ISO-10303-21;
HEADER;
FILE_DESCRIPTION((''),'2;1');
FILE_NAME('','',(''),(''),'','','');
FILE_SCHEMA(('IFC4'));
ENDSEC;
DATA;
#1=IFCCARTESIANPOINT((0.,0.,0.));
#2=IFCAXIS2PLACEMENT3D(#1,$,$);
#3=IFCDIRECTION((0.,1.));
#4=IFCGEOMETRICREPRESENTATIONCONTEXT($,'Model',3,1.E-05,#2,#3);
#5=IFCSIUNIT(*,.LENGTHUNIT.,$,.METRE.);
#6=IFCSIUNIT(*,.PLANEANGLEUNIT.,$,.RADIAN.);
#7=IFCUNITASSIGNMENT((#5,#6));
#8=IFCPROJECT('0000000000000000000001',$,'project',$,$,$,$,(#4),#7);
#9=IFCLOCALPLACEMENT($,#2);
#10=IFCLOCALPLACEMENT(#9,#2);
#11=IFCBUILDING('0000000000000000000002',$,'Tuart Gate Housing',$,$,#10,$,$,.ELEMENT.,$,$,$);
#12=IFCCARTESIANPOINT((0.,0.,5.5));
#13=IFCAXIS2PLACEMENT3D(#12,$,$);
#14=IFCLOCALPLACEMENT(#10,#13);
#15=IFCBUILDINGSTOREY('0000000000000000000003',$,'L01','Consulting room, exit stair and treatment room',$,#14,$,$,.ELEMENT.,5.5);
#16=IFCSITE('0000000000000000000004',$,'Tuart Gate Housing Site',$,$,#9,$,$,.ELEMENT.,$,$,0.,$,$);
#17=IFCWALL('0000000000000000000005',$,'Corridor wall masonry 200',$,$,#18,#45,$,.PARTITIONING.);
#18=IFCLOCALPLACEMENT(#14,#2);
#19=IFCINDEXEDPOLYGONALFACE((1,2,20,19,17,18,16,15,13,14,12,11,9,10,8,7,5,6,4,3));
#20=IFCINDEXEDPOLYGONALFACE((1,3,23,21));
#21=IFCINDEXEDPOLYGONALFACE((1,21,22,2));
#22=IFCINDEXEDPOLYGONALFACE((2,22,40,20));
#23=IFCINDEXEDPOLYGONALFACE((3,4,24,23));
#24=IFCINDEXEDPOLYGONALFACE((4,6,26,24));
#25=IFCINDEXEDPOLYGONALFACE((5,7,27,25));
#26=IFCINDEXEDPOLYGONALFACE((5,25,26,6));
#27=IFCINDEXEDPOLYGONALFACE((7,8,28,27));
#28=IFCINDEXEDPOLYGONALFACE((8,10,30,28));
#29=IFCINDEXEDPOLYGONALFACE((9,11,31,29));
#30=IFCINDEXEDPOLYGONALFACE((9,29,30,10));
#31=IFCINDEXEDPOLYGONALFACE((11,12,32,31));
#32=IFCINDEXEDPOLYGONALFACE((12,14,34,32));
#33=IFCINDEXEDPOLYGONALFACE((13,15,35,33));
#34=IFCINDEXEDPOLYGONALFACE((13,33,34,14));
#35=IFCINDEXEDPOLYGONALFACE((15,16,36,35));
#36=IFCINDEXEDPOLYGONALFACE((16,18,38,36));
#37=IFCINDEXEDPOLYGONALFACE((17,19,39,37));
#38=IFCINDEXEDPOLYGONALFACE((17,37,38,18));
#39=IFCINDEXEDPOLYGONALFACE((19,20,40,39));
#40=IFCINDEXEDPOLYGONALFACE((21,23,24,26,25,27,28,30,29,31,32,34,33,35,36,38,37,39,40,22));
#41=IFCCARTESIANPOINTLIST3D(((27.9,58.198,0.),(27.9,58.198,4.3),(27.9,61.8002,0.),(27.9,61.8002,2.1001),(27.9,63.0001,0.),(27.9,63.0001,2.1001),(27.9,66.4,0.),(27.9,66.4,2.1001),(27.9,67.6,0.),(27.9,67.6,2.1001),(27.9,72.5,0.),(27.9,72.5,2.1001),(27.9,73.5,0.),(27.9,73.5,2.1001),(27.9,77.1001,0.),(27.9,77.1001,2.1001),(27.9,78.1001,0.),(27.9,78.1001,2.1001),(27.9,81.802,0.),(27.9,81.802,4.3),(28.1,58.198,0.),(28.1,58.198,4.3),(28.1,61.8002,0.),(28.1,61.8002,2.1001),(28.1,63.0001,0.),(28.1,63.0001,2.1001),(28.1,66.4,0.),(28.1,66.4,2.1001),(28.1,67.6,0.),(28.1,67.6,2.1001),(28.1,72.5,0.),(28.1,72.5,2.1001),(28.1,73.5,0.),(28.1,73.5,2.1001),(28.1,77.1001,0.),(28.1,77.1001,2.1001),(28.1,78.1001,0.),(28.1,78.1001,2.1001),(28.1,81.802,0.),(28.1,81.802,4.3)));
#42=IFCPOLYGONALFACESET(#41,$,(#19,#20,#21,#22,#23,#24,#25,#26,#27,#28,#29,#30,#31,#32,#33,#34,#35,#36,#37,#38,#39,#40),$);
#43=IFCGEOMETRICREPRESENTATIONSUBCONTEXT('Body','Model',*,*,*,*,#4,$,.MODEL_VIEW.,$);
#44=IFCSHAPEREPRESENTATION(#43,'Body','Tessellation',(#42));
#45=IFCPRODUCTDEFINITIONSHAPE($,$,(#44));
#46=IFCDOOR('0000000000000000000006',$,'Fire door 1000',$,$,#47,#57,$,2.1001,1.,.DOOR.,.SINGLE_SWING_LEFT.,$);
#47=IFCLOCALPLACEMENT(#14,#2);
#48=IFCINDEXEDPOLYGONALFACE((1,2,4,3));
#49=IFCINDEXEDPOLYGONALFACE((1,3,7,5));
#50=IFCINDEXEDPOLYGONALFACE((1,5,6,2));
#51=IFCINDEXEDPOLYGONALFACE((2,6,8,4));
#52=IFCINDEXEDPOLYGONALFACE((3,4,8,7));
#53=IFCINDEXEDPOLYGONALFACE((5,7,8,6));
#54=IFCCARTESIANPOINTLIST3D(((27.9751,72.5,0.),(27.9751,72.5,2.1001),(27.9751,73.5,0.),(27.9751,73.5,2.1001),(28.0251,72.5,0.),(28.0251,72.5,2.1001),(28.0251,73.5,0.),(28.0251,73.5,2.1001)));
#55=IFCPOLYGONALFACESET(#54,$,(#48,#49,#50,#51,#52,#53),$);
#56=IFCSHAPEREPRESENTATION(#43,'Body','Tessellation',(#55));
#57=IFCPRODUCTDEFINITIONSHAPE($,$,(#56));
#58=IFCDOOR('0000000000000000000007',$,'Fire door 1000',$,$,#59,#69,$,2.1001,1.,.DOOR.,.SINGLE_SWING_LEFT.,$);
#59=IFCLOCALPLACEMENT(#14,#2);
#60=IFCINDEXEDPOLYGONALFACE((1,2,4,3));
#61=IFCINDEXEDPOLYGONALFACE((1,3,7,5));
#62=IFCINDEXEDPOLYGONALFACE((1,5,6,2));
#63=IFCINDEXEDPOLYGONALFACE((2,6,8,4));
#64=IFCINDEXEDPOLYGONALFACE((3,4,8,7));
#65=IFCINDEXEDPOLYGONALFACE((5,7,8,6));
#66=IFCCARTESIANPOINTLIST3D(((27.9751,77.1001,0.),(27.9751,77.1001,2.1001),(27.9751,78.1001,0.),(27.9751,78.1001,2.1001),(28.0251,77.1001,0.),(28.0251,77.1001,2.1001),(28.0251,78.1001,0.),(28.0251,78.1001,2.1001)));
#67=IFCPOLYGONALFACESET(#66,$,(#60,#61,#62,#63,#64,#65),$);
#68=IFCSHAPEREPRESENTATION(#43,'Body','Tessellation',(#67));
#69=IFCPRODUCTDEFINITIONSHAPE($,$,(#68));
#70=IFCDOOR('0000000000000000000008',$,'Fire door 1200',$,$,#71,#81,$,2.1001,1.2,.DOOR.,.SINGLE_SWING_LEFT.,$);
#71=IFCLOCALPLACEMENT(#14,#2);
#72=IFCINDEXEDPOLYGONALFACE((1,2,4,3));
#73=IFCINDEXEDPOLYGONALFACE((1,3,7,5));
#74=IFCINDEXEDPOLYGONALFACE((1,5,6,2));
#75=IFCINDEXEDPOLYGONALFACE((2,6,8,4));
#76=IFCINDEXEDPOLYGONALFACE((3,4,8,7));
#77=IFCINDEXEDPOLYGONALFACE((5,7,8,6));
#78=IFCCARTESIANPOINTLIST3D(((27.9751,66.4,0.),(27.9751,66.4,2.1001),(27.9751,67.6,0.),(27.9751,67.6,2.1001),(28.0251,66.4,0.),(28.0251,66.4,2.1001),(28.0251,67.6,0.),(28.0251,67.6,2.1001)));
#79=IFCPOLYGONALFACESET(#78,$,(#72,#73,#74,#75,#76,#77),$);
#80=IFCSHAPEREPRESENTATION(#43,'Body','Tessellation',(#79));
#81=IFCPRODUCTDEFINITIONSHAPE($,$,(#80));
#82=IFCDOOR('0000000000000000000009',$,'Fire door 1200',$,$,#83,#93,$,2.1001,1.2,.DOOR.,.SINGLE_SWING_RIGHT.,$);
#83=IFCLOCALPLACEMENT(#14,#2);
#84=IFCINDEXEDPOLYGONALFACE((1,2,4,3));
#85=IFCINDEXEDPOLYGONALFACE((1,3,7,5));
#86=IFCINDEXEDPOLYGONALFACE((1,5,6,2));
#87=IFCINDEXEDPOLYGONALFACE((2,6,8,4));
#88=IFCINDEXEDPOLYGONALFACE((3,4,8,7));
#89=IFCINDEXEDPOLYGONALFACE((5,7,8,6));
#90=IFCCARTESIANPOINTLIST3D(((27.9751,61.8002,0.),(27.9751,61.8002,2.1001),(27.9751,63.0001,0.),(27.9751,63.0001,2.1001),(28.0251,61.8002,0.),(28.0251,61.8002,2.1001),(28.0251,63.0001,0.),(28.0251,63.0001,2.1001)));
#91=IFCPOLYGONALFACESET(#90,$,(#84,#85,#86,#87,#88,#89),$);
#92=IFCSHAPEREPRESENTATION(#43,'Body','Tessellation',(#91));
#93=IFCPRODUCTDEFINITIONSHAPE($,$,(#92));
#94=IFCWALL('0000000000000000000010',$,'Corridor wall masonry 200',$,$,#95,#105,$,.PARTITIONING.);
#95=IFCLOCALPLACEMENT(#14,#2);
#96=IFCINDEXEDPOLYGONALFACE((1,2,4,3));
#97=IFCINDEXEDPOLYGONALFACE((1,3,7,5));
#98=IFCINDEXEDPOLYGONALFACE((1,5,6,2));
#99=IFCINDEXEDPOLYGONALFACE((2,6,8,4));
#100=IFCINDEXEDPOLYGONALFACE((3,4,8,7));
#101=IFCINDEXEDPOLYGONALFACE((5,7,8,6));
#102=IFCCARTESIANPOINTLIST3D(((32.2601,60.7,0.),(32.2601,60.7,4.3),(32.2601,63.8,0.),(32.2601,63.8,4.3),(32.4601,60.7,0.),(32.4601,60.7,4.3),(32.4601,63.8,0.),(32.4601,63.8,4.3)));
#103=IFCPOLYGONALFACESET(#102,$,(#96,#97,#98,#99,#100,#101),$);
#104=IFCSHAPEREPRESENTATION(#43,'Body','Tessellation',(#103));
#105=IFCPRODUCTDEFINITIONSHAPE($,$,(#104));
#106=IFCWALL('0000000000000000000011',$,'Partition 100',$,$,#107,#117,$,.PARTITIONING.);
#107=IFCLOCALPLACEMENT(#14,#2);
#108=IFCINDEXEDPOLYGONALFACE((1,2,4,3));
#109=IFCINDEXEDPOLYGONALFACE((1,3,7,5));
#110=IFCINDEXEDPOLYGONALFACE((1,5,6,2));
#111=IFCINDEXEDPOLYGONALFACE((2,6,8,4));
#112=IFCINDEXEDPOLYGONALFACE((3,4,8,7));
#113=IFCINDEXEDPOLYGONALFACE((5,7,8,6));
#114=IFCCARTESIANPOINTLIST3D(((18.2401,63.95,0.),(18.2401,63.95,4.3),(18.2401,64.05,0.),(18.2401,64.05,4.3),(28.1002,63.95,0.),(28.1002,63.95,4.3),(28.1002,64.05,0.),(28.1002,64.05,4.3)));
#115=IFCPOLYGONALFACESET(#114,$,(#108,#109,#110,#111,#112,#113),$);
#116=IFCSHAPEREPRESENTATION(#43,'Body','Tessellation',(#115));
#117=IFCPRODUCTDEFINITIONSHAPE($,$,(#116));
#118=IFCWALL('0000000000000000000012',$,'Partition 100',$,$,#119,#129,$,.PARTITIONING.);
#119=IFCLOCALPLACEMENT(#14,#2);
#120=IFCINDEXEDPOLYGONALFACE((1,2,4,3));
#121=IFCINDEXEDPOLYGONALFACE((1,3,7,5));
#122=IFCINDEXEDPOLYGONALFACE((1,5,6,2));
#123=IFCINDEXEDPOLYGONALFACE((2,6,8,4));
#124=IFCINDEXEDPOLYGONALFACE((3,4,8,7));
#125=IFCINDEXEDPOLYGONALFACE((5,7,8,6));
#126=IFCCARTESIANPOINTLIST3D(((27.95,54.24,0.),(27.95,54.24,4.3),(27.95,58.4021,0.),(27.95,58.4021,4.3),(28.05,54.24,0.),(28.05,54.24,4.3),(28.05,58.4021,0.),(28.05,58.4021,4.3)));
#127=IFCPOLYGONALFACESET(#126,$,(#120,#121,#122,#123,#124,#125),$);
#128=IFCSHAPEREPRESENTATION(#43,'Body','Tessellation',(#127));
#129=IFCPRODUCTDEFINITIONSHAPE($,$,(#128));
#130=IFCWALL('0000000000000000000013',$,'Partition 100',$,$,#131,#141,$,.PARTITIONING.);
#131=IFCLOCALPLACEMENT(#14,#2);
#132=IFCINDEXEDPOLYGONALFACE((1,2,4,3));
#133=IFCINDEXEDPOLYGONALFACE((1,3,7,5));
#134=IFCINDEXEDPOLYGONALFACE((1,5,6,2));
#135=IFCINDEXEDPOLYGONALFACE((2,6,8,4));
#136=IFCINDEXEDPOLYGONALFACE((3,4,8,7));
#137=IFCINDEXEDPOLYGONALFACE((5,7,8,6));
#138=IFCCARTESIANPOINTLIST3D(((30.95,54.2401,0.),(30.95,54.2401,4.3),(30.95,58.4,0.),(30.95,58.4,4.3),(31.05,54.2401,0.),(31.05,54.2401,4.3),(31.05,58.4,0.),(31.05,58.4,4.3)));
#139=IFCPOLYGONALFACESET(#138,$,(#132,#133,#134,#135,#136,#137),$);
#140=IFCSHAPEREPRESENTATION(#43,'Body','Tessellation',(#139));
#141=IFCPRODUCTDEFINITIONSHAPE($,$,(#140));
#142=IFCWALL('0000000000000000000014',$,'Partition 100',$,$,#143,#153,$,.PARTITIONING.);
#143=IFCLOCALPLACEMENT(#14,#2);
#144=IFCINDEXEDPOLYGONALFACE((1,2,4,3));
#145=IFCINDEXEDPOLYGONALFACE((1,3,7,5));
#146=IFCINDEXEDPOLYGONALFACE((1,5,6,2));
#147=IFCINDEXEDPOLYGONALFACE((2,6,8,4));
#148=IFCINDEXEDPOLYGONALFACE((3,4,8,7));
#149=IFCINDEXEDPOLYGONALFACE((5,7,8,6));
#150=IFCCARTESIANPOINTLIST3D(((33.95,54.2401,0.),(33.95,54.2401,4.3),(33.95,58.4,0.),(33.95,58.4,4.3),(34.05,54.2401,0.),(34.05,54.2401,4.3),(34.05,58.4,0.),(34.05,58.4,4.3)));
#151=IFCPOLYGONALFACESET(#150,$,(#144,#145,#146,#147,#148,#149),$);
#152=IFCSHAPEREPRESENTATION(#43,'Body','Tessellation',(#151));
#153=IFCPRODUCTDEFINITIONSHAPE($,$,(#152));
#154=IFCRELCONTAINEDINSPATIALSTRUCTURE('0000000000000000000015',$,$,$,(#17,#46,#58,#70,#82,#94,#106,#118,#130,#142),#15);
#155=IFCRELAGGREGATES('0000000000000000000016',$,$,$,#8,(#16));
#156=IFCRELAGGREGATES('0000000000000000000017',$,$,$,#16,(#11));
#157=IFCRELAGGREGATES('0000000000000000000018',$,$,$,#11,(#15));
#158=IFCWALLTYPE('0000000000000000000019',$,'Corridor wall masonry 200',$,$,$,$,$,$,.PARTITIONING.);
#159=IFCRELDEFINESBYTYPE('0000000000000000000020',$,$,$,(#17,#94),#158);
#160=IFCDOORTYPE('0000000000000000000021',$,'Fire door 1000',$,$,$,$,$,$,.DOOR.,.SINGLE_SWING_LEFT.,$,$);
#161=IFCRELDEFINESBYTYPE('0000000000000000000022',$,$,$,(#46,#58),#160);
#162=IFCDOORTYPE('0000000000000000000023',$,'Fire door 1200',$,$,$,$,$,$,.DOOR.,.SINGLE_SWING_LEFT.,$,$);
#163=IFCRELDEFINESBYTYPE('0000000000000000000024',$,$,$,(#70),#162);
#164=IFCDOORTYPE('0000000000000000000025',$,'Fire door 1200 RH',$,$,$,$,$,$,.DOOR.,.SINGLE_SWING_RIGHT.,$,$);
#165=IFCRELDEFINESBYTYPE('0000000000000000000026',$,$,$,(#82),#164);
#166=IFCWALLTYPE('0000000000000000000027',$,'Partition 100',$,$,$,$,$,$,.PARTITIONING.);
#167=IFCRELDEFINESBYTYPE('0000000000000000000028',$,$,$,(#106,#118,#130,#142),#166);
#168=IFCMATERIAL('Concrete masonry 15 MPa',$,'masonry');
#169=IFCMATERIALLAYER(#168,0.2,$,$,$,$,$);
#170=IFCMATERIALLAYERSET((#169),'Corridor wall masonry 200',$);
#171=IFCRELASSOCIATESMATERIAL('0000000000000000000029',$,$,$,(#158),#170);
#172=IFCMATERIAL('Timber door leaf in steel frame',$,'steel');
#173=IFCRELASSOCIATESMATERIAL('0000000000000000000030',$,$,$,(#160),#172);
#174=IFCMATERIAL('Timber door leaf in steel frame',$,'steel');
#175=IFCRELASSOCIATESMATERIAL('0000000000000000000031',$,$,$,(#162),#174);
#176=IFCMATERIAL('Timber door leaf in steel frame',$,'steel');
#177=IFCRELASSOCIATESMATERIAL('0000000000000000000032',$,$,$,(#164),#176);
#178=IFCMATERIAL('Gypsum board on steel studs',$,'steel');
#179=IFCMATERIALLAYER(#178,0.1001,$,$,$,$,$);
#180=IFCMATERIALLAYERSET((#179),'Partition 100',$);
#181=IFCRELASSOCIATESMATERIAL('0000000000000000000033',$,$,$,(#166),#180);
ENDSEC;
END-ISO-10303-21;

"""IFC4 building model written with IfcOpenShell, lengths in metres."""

from ifc_helpers import new_model, si_unit, direction, frame, frame_2d, origin, place, context, subcontext, project, spatial, rectangle, extrude, material, layer, layer_set, type_object, element, fill, save


model = new_model("IFC4")

# Units and contexts
model_context = context("Model", 3, precision=1e-05, world=origin(), true_north=direction((0.0, 1.0)))
body_context = subcontext(model_context, "Body", "Model", "MODEL_VIEW")
ifc_project = project(units=[si_unit("LENGTHUNIT", "METRE"), si_unit("PLANEANGLEUNIT", "RADIAN")], contexts=[model_context])

# Site, building, storey
site_placement = place(None, origin())
site = spatial("IfcSite", under=ifc_project, at=site_placement, Name="Tuart Gate Housing Site", CompositionType="ELEMENT", RefElevation=0.0)
building_placement = place(site_placement, origin())
building = spatial("IfcBuilding", under=site, at=building_placement, Name="Tuart Gate Housing", CompositionType="ELEMENT")
storey_placement = place(building_placement, frame((0.0, 0.0, 5.5)))
storey = spatial("IfcBuildingStorey", under=building, at=storey_placement, Name="L01", Description="Consulting room, exit stair and treatment room", CompositionType="ELEMENT", Elevation=5.5)

# Wall, openings, doors
ifc_material_1 = material(Name="Concrete masonry 15 MPa", Category="masonry")
ifc_layer_1 = layer(ifc_material_1, 0.2)
ifc_layer_set_1 = layer_set([ifc_layer_1], Name="Corridor wall masonry 200")
wall_type_1 = type_object("IfcWallType", Name="Corridor wall masonry 200", PredefinedType="PARTITIONING", material=ifc_layer_set_1)
ifc_material_2 = material(Name="Timber door leaf in steel frame", Category="steel")
door_type_1 = type_object("IfcDoorType", Name="Fire door 1000", OperationType="SINGLE_SWING_LEFT", PredefinedType="DOOR", material=ifc_material_2)
wall_1_placement = place(storey_placement, frame((28.0, 58.198, 0.0), z_axis=(0.0, 0.0, 1.0), x_axis=(0.0, 1.0, 0.0)))
wall_1 = element("IfcWall", 1, at=wall_1_placement, inside=storey, type_object=wall_type_1, Name="Corridor wall masonry 200", PredefinedType="PARTITIONING", context=body_context, shape_type="SweptSolid", body=[
    extrude(rectangle(XDim=23.604, YDim=0.2, at=frame_2d((11.802, 0.0))), origin(), (0.0, 0.0, 1.0), 4.3),
])
opening_1_placement = place(wall_1_placement, frame((3.6021, 0.0, 0.0)))
opening_1 = element("IfcOpeningElement", 2, at=opening_1_placement, cuts=wall_1, PredefinedType="OPENING", context=body_context, shape_type="SweptSolid", body=[
    extrude(rectangle(XDim=1.2, YDim=2.1001, at=frame_2d((0.6001, 1.05))), frame((0.0, 0.1099, 0.0), z_axis=(0.0, -1.0, 0.0), x_axis=(1.0, 0.0, 0.0)), (0.0, 0.0, 1.0), 0.22),
])
opening_2_placement = place(wall_1_placement, frame((8.2019, 0.0, 0.0)))
opening_2 = element("IfcOpeningElement", 3, at=opening_2_placement, cuts=wall_1, PredefinedType="OPENING", context=body_context, shape_type="SweptSolid", body=[
    extrude(rectangle(XDim=1.2, YDim=2.1001, at=frame_2d((0.6001, 1.05))), frame((0.0, 0.1099, 0.0), z_axis=(0.0, -1.0, 0.0), x_axis=(1.0, 0.0, 0.0)), (0.0, 0.0, 1.0), 0.22),
])
opening_3_placement = place(wall_1_placement, frame((14.302, 0.0, 0.0)))
opening_3 = element("IfcOpeningElement", 4, at=opening_3_placement, cuts=wall_1, PredefinedType="OPENING", context=body_context, shape_type="SweptSolid", body=[
    extrude(rectangle(XDim=1.0, YDim=2.1001, at=frame_2d((0.5, 1.05))), frame((0.0, 0.1099, 0.0), z_axis=(0.0, -1.0, 0.0), x_axis=(1.0, 0.0, 0.0)), (0.0, 0.0, 1.0), 0.22),
])
opening_4_placement = place(wall_1_placement, frame((18.9021, 0.0, 0.0)))
opening_4 = element("IfcOpeningElement", 5, at=opening_4_placement, cuts=wall_1, PredefinedType="OPENING", context=body_context, shape_type="SweptSolid", body=[
    extrude(rectangle(XDim=1.0, YDim=2.1001, at=frame_2d((0.5, 1.05))), frame((0.0, 0.1099, 0.0), z_axis=(0.0, -1.0, 0.0), x_axis=(1.0, 0.0, 0.0)), (0.0, 0.0, 1.0), 0.22),
])
door_1_placement = place(opening_3_placement, origin())
door_1 = element("IfcDoor", 6, at=door_1_placement, inside=storey, type_object=door_type_1, Name="Fire door 1000", OperationType="SINGLE_SWING_LEFT", OverallHeight=2.1001, OverallWidth=1.0, PredefinedType="DOOR", context=body_context, shape_type="SweptSolid", body=[
    extrude(rectangle(XDim=1.0, YDim=2.1001, at=frame_2d((0.5, 1.05))), frame((0.0, 0.0249, 0.0), z_axis=(0.0, -1.0, 0.0), x_axis=(1.0, 0.0, 0.0)), (0.0, 0.0, 1.0), 0.05),
])
fill(opening_3, door_1)
door_2_placement = place(opening_4_placement, origin())
door_2 = element("IfcDoor", 7, at=door_2_placement, inside=storey, type_object=door_type_1, Name="Fire door 1000", OperationType="SINGLE_SWING_LEFT", OverallHeight=2.1001, OverallWidth=1.0, PredefinedType="DOOR", context=body_context, shape_type="SweptSolid", body=[
    extrude(rectangle(XDim=1.0, YDim=2.1001, at=frame_2d((0.5, 1.05))), frame((0.0, 0.0249, 0.0), z_axis=(0.0, -1.0, 0.0), x_axis=(1.0, 0.0, 0.0)), (0.0, 0.0, 1.0), 0.05),
])
fill(opening_4, door_2)
ifc_material_3 = material(Name="Timber door leaf in steel frame", Category="steel")
door_type_2 = type_object("IfcDoorType", Name="Fire door 1200", OperationType="SINGLE_SWING_LEFT", PredefinedType="DOOR", material=ifc_material_3)
door_3_placement = place(opening_2_placement, origin())
door_3 = element("IfcDoor", 8, at=door_3_placement, inside=storey, type_object=door_type_2, Name="Fire door 1200", OperationType="SINGLE_SWING_LEFT", OverallHeight=2.1001, OverallWidth=1.2, PredefinedType="DOOR", context=body_context, shape_type="SweptSolid", body=[
    extrude(rectangle(XDim=1.2, YDim=2.1001, at=frame_2d((0.6001, 1.05))), frame((0.0, 0.0249, 0.0), z_axis=(0.0, -1.0, 0.0), x_axis=(1.0, 0.0, 0.0)), (0.0, 0.0, 1.0), 0.05),
])
fill(opening_2, door_3)
ifc_material_4 = material(Name="Timber door leaf in steel frame", Category="steel")
door_type_3 = type_object("IfcDoorType", Name="Fire door 1200 RH", OperationType="SINGLE_SWING_RIGHT", PredefinedType="DOOR", material=ifc_material_4)
door_4_placement = place(opening_1_placement, origin())
door_4 = element("IfcDoor", 9, at=door_4_placement, inside=storey, type_object=door_type_3, Name="Fire door 1200", OperationType="SINGLE_SWING_RIGHT", OverallHeight=2.1001, OverallWidth=1.2, PredefinedType="DOOR", context=body_context, shape_type="SweptSolid", body=[
    extrude(rectangle(XDim=1.2, YDim=2.1001, at=frame_2d((0.6001, 1.05))), frame((0.0, 0.0249, 0.0), z_axis=(0.0, -1.0, 0.0), x_axis=(1.0, 0.0, 0.0)), (0.0, 0.0, 1.0), 0.05),
])
fill(opening_1, door_4)

# Walls
wall_2_placement = place(storey_placement, frame((32.3601, 60.7, 0.0), z_axis=(0.0, 0.0, 1.0), x_axis=(0.0, 1.0, 0.0)))
element("IfcWall", 10, at=wall_2_placement, inside=storey, type_object=wall_type_1, Name="Corridor wall masonry 200", PredefinedType="PARTITIONING", context=body_context, shape_type="SweptSolid", body=[
    extrude(rectangle(XDim=3.1001, YDim=0.2, at=frame_2d((1.55, 0.0))), origin(), (0.0, 0.0, 1.0), 4.3),
])
ifc_material_5 = material(Name="Gypsum board on steel studs", Category="steel")
ifc_layer_2 = layer(ifc_material_5, 0.1001)
ifc_layer_set_2 = layer_set([ifc_layer_2], Name="Partition 100")
wall_type_2 = type_object("IfcWallType", Name="Partition 100", PredefinedType="PARTITIONING", material=ifc_layer_set_2)
wall_3_placement = place(storey_placement, frame((18.24, 64.0, 0.0), z_axis=(0.0, 0.0, 1.0), x_axis=(1.0, 0.0, 0.0)))
element("IfcWall", 11, at=wall_3_placement, inside=storey, type_object=wall_type_2, Name="Partition 100", PredefinedType="PARTITIONING", context=body_context, shape_type="SweptSolid", body=[
    extrude(rectangle(XDim=9.8601, YDim=0.1001, at=frame_2d((4.9302, 0.0))), origin(), (0.0, 0.0, 1.0), 4.3),
])
wall_4_placement = place(storey_placement, frame((28.0, 54.24, 0.0), z_axis=(0.0, 0.0, 1.0), x_axis=(0.0, 1.0, 0.0)))
element("IfcWall", 12, at=wall_4_placement, inside=storey, type_object=wall_type_2, Name="Partition 100", PredefinedType="PARTITIONING", context=body_context, shape_type="SweptSolid", body=[
    extrude(rectangle(XDim=4.1621, YDim=0.1001, at=frame_2d((2.0811, 0.0))), origin(), (0.0, 0.0, 1.0), 4.3),
])
for number, where, z_axis, x_axis, name in (
    (13, (31.0, 54.24, 0.0), (0.0, 0.0, 1.0), (0.0, 1.0, 0.0), "Partition 100"),
    (14, (34.0, 54.24, 0.0), (0.0, 0.0, 1.0), (0.0, 1.0, 0.0), "Partition 100"),
):
    element("IfcWall", number, at=place(storey_placement, frame(where, z_axis=z_axis, x_axis=x_axis)), inside=storey, type_object=wall_type_2, Name=name, PredefinedType="PARTITIONING", context=body_context, shape_type="SweptSolid", body=[
        extrude(rectangle(XDim=4.1599, YDim=0.1001, at=frame_2d((2.0801, 0.0))), origin(), (0.0, 0.0, 1.0), 4.3),
    ])

save(model, "model.ifc")
